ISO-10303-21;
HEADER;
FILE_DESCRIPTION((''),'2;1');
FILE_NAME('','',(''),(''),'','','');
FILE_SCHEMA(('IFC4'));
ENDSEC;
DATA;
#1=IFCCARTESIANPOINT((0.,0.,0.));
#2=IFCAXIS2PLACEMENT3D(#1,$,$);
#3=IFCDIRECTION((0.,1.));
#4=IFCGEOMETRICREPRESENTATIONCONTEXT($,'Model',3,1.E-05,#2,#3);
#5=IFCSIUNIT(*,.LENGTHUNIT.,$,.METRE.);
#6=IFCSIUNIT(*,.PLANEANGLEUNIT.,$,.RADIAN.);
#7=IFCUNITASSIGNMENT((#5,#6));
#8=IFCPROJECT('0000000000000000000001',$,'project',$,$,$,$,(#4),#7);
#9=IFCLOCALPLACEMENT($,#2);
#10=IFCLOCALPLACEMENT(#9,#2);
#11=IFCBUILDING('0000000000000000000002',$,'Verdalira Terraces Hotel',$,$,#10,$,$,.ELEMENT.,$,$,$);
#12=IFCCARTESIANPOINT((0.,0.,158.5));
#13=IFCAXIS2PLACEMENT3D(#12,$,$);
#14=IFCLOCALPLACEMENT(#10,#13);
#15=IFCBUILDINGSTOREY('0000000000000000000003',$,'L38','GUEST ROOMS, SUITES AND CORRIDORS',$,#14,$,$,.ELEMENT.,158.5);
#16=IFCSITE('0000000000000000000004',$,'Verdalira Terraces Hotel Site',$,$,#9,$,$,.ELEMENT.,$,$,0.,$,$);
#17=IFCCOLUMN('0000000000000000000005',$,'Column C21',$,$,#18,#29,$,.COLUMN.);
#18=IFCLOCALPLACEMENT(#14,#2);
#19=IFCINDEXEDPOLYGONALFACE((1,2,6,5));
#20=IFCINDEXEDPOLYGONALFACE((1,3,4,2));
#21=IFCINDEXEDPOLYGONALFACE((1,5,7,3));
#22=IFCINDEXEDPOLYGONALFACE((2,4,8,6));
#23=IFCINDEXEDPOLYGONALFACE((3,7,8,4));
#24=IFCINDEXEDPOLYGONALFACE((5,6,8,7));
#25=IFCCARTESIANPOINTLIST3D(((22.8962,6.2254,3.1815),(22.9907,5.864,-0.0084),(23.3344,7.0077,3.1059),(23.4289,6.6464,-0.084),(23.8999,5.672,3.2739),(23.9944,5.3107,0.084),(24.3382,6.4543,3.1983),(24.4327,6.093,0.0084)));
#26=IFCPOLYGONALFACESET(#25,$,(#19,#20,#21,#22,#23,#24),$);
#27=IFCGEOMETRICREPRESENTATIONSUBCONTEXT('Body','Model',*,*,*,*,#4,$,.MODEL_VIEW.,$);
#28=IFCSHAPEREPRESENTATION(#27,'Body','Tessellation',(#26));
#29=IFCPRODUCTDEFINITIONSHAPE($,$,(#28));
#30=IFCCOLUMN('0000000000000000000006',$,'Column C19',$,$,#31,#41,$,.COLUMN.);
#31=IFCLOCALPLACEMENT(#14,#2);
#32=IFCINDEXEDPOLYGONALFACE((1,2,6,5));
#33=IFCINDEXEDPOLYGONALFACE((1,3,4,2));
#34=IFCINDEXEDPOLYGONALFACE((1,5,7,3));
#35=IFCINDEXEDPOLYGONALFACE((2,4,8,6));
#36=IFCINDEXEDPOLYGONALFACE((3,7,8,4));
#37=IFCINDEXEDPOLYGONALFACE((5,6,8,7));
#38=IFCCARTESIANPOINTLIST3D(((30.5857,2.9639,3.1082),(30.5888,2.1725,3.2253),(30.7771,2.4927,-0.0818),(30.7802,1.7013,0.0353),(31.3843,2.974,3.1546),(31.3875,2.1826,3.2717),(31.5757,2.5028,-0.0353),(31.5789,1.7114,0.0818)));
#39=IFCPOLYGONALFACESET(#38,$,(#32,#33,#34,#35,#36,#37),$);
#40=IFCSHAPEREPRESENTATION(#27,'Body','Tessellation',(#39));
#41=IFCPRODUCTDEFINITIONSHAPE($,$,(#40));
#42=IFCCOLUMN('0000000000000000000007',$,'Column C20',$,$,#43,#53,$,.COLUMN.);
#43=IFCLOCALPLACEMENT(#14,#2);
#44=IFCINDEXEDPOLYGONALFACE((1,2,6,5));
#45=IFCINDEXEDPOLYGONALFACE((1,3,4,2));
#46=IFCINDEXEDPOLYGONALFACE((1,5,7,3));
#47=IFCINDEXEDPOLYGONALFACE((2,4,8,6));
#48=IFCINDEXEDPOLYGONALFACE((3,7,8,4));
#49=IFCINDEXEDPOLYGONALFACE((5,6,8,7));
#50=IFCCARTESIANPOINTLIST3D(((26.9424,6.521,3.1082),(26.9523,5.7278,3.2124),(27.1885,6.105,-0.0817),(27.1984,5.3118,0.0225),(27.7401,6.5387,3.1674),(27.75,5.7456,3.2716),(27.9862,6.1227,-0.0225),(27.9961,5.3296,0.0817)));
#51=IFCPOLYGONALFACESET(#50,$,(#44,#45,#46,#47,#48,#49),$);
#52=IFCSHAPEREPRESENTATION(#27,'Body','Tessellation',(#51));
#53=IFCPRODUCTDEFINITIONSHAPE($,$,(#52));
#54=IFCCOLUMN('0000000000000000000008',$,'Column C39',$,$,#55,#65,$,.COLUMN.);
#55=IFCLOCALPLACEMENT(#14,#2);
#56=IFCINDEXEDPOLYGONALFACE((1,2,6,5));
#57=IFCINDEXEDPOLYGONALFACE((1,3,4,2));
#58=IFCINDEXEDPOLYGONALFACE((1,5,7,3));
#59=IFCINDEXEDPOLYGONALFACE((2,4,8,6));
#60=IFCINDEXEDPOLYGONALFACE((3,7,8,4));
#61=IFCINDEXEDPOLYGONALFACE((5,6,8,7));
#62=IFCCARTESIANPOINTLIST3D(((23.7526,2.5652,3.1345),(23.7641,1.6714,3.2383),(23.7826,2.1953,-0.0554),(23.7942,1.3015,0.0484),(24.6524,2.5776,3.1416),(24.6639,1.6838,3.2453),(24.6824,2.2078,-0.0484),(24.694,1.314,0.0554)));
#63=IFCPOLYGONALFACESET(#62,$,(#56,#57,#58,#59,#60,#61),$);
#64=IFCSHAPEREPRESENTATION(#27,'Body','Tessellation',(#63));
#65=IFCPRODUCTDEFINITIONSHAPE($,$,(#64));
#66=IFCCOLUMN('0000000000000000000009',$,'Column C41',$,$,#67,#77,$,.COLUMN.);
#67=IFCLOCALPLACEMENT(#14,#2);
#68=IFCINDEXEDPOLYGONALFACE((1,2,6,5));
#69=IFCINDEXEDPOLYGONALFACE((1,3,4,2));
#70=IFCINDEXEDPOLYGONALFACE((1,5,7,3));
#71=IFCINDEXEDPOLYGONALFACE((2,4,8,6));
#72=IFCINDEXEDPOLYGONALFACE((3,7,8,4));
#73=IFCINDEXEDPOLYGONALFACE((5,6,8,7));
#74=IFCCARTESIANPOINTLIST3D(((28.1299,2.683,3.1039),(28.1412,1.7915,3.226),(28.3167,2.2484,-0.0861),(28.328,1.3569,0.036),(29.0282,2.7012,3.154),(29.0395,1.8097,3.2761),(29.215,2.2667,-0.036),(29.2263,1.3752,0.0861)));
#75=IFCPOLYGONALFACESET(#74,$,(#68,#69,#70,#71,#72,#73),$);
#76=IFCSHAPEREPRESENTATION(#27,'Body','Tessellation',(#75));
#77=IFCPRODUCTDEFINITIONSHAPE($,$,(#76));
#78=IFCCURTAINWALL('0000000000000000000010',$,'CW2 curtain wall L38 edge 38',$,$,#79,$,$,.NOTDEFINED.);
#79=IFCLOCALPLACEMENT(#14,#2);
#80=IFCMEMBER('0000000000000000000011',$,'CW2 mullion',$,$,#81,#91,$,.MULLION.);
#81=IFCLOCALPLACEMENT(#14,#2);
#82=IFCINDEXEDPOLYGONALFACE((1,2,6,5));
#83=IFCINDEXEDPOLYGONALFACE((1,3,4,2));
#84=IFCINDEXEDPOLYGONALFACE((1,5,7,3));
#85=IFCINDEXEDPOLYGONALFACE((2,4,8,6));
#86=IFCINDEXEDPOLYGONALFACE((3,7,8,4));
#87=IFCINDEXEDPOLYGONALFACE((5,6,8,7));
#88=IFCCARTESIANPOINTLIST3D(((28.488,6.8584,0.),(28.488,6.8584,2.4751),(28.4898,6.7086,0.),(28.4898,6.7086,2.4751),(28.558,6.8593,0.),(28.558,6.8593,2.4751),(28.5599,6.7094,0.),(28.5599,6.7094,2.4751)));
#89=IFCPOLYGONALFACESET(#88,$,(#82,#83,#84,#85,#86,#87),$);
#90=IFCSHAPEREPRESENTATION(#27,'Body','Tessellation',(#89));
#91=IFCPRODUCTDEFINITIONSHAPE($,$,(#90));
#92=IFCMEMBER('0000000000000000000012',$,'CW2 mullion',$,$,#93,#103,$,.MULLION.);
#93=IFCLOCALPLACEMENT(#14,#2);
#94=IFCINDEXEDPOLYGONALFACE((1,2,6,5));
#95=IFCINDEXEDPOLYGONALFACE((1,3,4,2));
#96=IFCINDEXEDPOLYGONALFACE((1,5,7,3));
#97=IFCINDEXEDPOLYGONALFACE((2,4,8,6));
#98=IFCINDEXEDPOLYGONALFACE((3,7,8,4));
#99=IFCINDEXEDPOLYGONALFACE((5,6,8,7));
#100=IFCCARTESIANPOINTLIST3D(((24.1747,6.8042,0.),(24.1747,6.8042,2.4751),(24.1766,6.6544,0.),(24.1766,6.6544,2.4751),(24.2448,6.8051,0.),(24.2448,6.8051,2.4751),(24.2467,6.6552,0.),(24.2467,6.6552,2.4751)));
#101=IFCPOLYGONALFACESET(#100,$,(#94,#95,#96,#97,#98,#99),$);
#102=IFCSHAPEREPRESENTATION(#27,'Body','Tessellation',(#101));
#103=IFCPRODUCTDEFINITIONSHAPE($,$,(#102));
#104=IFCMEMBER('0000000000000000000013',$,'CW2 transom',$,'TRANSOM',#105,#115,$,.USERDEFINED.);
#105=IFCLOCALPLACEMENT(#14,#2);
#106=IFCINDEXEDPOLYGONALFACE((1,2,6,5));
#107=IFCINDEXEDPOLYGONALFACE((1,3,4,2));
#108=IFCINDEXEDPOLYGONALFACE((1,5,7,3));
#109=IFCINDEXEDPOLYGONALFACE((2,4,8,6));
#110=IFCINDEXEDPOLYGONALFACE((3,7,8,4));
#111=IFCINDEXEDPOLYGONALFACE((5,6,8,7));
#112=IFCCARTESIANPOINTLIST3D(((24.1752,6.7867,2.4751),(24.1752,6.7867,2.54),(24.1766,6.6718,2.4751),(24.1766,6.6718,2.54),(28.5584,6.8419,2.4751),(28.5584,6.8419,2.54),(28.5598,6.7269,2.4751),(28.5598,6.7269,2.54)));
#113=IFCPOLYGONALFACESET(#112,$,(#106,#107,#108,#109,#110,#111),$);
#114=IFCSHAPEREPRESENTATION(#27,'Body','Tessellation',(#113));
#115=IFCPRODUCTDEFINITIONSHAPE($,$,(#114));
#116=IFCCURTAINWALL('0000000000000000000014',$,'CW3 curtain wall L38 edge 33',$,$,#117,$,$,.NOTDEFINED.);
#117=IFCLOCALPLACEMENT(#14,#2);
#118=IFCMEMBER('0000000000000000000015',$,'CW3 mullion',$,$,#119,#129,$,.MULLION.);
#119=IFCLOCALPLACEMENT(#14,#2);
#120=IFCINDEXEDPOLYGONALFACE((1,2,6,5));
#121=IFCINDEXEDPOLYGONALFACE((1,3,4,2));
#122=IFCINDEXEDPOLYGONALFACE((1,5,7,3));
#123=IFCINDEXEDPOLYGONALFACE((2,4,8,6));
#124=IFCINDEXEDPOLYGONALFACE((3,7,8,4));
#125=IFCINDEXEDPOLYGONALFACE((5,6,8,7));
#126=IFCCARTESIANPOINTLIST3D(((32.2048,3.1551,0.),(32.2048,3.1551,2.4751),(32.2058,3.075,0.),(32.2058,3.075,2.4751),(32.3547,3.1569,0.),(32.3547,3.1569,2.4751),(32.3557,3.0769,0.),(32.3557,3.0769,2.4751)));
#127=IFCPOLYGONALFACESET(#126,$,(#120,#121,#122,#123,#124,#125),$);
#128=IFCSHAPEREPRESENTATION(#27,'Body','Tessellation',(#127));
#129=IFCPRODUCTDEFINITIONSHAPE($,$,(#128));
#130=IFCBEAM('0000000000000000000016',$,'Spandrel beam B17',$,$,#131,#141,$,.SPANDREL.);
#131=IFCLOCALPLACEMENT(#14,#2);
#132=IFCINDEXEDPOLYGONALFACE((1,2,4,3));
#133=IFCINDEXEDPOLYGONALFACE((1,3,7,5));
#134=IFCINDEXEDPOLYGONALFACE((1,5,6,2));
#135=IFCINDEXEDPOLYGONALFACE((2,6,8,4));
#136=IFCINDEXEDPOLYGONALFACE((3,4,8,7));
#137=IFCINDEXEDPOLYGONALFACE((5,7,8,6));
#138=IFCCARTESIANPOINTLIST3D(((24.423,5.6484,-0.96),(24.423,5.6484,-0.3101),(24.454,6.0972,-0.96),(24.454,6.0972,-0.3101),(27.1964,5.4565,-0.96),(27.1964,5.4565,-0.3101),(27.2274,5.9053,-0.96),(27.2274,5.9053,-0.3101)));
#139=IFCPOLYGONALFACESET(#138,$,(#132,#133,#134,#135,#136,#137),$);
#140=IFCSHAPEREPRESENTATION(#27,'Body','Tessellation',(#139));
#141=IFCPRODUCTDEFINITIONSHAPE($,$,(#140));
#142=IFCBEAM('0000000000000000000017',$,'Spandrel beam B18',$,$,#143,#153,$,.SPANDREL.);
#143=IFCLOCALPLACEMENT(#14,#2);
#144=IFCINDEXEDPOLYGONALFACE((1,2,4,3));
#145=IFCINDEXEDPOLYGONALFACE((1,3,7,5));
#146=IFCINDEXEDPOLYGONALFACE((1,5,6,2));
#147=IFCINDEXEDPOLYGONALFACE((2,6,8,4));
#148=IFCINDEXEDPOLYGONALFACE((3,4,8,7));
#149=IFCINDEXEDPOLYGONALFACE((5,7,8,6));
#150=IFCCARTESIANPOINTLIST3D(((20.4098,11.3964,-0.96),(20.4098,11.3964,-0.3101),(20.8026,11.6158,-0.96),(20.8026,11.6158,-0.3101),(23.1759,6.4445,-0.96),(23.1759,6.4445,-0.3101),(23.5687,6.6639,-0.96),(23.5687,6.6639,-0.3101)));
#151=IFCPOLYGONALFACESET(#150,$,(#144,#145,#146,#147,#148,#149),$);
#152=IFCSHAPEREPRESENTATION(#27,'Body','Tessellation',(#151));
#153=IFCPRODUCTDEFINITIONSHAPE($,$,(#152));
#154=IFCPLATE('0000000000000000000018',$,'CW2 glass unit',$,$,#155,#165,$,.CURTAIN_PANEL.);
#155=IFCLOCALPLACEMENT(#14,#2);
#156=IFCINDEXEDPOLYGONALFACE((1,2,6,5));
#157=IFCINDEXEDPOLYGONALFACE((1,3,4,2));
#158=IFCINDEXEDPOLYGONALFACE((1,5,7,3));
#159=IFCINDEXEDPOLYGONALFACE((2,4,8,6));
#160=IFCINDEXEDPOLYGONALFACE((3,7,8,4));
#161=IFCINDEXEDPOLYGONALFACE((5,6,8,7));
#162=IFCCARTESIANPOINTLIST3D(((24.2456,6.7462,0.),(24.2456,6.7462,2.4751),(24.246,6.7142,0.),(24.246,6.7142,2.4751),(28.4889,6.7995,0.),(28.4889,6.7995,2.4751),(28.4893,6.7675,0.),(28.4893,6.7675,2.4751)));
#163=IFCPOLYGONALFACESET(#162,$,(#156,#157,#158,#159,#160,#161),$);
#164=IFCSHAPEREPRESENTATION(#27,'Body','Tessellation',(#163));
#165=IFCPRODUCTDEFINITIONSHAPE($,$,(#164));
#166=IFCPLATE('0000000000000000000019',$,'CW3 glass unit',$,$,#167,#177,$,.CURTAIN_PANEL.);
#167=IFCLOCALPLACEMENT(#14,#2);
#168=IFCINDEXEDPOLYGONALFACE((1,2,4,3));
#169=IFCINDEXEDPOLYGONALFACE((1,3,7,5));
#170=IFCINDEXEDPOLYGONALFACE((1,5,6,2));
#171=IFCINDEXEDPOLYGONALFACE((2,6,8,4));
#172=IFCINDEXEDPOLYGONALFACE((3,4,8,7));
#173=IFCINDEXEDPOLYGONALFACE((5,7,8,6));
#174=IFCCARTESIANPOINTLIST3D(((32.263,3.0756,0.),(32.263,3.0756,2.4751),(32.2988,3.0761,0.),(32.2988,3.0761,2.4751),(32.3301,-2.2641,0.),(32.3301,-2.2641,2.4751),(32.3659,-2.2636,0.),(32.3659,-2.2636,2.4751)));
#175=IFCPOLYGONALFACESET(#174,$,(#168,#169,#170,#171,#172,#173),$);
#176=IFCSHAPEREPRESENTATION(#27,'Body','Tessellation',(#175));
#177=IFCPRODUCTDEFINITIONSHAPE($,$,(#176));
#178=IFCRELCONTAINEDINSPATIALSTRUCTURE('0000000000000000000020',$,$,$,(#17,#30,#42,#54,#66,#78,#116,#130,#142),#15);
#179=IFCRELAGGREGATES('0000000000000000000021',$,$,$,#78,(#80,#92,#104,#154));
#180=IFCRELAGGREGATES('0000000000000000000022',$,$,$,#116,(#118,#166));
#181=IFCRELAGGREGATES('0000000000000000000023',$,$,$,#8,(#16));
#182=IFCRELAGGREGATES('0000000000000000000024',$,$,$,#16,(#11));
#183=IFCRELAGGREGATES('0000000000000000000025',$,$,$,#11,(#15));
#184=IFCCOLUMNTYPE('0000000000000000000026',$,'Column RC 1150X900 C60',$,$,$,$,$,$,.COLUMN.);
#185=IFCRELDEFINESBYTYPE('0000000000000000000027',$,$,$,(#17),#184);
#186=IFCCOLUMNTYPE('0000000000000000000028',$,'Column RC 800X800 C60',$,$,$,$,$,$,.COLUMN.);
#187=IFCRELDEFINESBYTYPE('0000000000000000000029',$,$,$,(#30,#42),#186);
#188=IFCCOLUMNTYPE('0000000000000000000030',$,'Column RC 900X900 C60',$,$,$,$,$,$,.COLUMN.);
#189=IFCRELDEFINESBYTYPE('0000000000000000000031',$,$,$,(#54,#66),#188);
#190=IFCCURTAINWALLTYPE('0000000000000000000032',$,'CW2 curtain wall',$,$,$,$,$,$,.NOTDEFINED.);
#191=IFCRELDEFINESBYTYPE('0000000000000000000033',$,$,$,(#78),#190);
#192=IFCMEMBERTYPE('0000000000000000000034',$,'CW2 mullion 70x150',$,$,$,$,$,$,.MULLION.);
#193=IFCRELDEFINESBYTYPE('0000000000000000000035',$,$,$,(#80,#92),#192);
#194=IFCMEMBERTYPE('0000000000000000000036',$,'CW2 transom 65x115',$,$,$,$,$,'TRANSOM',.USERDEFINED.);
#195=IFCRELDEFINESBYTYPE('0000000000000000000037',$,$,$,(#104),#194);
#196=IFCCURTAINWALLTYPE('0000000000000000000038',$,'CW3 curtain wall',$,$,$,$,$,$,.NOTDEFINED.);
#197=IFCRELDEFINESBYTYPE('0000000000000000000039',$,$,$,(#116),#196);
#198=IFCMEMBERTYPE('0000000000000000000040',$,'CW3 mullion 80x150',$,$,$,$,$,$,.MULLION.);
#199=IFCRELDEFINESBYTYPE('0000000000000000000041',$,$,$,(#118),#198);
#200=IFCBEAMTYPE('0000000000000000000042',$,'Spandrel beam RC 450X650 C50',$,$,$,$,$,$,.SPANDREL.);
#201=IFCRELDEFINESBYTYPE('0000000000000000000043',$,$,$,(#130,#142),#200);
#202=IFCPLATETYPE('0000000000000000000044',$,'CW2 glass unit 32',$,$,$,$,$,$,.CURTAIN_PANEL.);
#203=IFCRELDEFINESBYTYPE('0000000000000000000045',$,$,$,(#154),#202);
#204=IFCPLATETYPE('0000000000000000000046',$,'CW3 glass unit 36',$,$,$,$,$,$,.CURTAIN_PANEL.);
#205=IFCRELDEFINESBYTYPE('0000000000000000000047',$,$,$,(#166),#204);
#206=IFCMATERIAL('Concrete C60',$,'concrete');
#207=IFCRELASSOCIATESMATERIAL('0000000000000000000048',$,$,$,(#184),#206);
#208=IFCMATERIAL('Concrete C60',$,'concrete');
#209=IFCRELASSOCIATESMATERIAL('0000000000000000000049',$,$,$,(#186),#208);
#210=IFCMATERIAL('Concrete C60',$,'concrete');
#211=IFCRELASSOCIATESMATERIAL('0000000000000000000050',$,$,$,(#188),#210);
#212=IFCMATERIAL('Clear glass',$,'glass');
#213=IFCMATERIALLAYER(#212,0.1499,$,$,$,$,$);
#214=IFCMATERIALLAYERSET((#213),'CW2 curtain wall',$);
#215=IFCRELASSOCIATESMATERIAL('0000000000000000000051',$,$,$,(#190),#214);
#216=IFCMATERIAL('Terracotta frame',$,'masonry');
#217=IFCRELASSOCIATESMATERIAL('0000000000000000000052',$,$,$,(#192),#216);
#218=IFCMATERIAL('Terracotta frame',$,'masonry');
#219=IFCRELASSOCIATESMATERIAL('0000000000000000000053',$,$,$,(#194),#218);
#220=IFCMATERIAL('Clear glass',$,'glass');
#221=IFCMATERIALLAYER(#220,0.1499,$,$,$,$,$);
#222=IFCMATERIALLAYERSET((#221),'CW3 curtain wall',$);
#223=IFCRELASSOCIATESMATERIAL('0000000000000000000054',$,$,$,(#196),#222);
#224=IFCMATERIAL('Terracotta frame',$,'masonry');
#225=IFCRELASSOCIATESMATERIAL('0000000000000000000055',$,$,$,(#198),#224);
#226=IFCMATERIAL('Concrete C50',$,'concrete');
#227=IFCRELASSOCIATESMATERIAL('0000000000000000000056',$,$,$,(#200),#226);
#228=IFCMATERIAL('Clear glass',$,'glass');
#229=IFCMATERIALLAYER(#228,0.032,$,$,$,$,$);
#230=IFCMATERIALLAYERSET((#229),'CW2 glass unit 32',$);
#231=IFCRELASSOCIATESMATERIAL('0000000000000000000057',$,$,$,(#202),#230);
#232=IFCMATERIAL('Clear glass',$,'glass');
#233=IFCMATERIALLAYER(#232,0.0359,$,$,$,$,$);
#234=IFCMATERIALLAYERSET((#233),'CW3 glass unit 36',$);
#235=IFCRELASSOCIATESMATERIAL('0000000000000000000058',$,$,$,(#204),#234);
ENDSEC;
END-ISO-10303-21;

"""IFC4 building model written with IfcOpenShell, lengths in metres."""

from ifc_helpers import new_model, si_unit, direction, frame, origin, origin_2d, place, context, subcontext, project, spatial, rectangle, extrude, material, layer, layer_set, material_profile, profile_set, type_object, element, aggregate, save


model = new_model("IFC4")

# Units and contexts
model_context = context("Model", 3, precision=1e-05, world=origin(), true_north=direction((0.0, 1.0)))
body_context = subcontext(model_context, "Body", "Model", "MODEL_VIEW")
ifc_project = project(units=[si_unit("LENGTHUNIT", "METRE"), si_unit("PLANEANGLEUNIT", "RADIAN")], contexts=[model_context])

# Site, building, storey
site_placement = place(None, origin())
site = spatial("IfcSite", under=ifc_project, at=site_placement, Name="Verdalira Terraces Hotel Site", CompositionType="ELEMENT", RefElevation=0.0)
building_placement = place(site_placement, origin())
building = spatial("IfcBuilding", under=site, at=building_placement, Name="Verdalira Terraces Hotel", CompositionType="ELEMENT")
storey_placement = place(building_placement, frame((0.0, 0.0, 158.5)))
storey = spatial("IfcBuildingStorey", under=building, at=storey_placement, Name="L38", Description="GUEST ROOMS, SUITES AND CORRIDORS", CompositionType="ELEMENT", Elevation=158.5)

# Columns
ifc_material_1 = material(Name="Concrete C60", Category="concrete")
ifc_material_profile_1 = material_profile(ifc_material_1, rectangle(XDim=1.1499, YDim=0.8999, at=origin_2d()), Name="RC 1150X900")
ifc_profile_set_1 = profile_set([ifc_material_profile_1], Name="Concrete C60")
column_type_1 = type_object("IfcColumnType", Name="Column RC 1150X900 C60", PredefinedType="COLUMN", material=ifc_profile_set_1)
column_1_placement = place(storey_placement, frame((23.7117, 5.9785, 0.0), z_axis=(-0.029418, 0.112503, 0.993216), x_axis=(0.872906, -0.481225, 0.080363)))
element("IfcColumn", 1, at=column_1_placement, inside=storey, type_object=column_type_1, Name="Column C21", PredefinedType="COLUMN", context=body_context, shape_type="SweptSolid", body=[
    extrude(rectangle(XDim=1.1499, YDim=0.8999, at=origin_2d()), origin(), (0.0, 0.0, 1.0), 3.2117),
])
ifc_material_2 = material(Name="Concrete C60", Category="concrete")
ifc_material_profile_2 = material_profile(ifc_material_2, rectangle(XDim=0.8, YDim=0.8, at=origin_2d()), Name="RC 800X800")
ifc_profile_set_2 = profile_set([ifc_material_profile_2], Name="Concrete C60")
column_type_2 = type_object("IfcColumnType", Name="Column RC 800X800 C60", PredefinedType="COLUMN", material=ifc_profile_set_2)
column_2_placement = place(storey_placement, frame((31.178, 2.1021, 0.0), z_axis=(-0.059255, 0.145869, 0.987528), x_axis=(-0.003935, 0.989224, -0.146356)))
element("IfcColumn", 2, at=column_2_placement, inside=storey, type_object=column_type_2, Name="Column C19", PredefinedType="COLUMN", context=body_context, shape_type="SweptSolid", body=[
    extrude(rectangle(XDim=0.8, YDim=0.8, at=origin_2d()), origin(), (0.0, 0.0, 1.0), 3.2302),
])
column_3_placement = place(storey_placement, frame((27.5923, 5.7173, 0.0), z_axis=(-0.076276, 0.128943, 0.988714), x_axis=(-0.99701, -0.022149, -0.074028)))
element("IfcColumn", 3, at=column_3_placement, inside=storey, type_object=column_type_2, Name="Column C20", PredefinedType="COLUMN", context=body_context, shape_type="SweptSolid", body=[
    extrude(rectangle(XDim=0.8, YDim=0.8, at=origin_2d()), origin(), (0.0, 0.0, 1.0), 3.2263),
])
ifc_material_3 = material(Name="Concrete C60", Category="concrete")
ifc_material_profile_3 = material_profile(ifc_material_3, rectangle(XDim=0.8999, YDim=0.8999, at=origin_2d()), Name="RC 900X900")
ifc_profile_set_3 = profile_set([ifc_material_profile_3], Name="Concrete C60")
column_type_3 = type_object("IfcColumnType", Name="Column RC 900X900 C60", PredefinedType="COLUMN", material=ifc_profile_set_3)
column_4_placement = place(storey_placement, frame((24.2383, 1.7546, 0.0), z_axis=(-0.009351, 0.115173, 0.993301), x_axis=(0.999874, 0.013837, 0.007808)))
element("IfcColumn", 4, at=column_4_placement, inside=storey, type_object=column_type_3, Name="Column C39", PredefinedType="COLUMN", context=body_context, shape_type="SweptSolid", body=[
    extrude(rectangle(XDim=0.8999, YDim=0.8999, at=origin_2d()), origin(), (0.0, 0.0, 1.0), 3.2114),
])
column_5_placement = place(storey_placement, frame((28.7715, 1.8118, 0.0), z_axis=(-0.057916, 0.134758, 0.989185), x_axis=(0.998242, 0.020312, 0.055679)))
element("IfcColumn", 5, at=column_5_placement, inside=storey, type_object=column_type_3, Name="Column C41", PredefinedType="COLUMN", context=body_context, shape_type="SweptSolid", body=[
    extrude(rectangle(XDim=0.8999, YDim=0.8999, at=origin_2d()), origin(), (0.0, 0.0, 1.0), 3.2249),
])

# Curtain wall, members
ifc_material_4 = material(Name="Clear glass", Category="glass")
ifc_layer_1 = layer(ifc_material_4, 0.1499)
ifc_layer_set_1 = layer_set([ifc_layer_1], Name="CW2 curtain wall")
curtain_wall_type_1 = type_object("IfcCurtainWallType", Name="CW2 curtain wall", PredefinedType="NOTDEFINED", material=ifc_layer_set_1)
curtain_wall_1_placement = place(storey_placement, origin())
curtain_wall_1 = element("IfcCurtainWall", 6, at=curtain_wall_1_placement, inside=storey, type_object=curtain_wall_type_1, Name="CW2 curtain wall L38 edge 38", PredefinedType="NOTDEFINED")
ifc_material_5 = material(Name="Terracotta frame", Category="masonry")
ifc_material_profile_4 = material_profile(ifc_material_5, rectangle(XDim=0.0701, YDim=0.1499, at=origin_2d()), Name="MU 70x150")
ifc_profile_set_4 = profile_set([ifc_material_profile_4], Name="Terracotta frame")
member_type_1 = type_object("IfcMemberType", Name="CW2 mullion 70x150", PredefinedType="MULLION", material=ifc_profile_set_4)
member_1_placement = place(storey_placement, frame((28.5239, 6.7839, 0.0), z_axis=(0.0, 0.0, 1.0), x_axis=(-0.999921, -0.012566, 0.0)))
member_1 = element("IfcMember", 7, at=member_1_placement, type_object=member_type_1, Name="CW2 mullion", PredefinedType="MULLION", context=body_context, shape_type="SweptSolid", body=[
    extrude(rectangle(XDim=0.0701, YDim=0.1499, at=origin_2d()), origin(), (0.0, 0.0, 1.0), 2.4751),
])
member_2_placement = place(storey_placement, frame((24.2107, 6.7297, 0.0), z_axis=(0.0, 0.0, 1.0), x_axis=(-0.999921, -0.012566, 0.0)))
member_2 = element("IfcMember", 8, at=member_2_placement, type_object=member_type_1, Name="CW2 mullion", PredefinedType="MULLION", context=body_context, shape_type="SweptSolid", body=[
    extrude(rectangle(XDim=0.0701, YDim=0.1499, at=origin_2d()), origin(), (0.0, 0.0, 1.0), 2.4751),
])
ifc_material_6 = material(Name="Terracotta frame", Category="masonry")
ifc_material_profile_5 = material_profile(ifc_material_6, rectangle(XDim=0.115, YDim=0.0649, at=origin_2d()), Name="TR 65x115")
ifc_profile_set_5 = profile_set([ifc_material_profile_5], Name="Terracotta frame")
member_type_2 = type_object("IfcMemberType", Name="CW2 transom 65x115", ElementType="TRANSOM", PredefinedType="USERDEFINED", material=ifc_profile_set_5)
member_3_placement = place(storey_placement, frame((28.5591, 6.7844, 2.5076), z_axis=(-0.999921, -0.012587, 0.0), x_axis=(0.012587, -0.999921, 0.0)))
member_3 = element("IfcMember", 9, at=member_3_placement, type_object=member_type_2, Name="CW2 transom", ObjectType="TRANSOM", PredefinedType="USERDEFINED", context=body_context, shape_type="SweptSolid", body=[
    extrude(rectangle(XDim=0.115, YDim=0.0649, at=origin_2d()), origin(), (0.0, 0.0, 1.0), 4.3835),
])

# Curtain wall, member
ifc_material_7 = material(Name="Clear glass", Category="glass")
ifc_layer_2 = layer(ifc_material_7, 0.1499)
ifc_layer_set_2 = layer_set([ifc_layer_2], Name="CW3 curtain wall")
curtain_wall_type_2 = type_object("IfcCurtainWallType", Name="CW3 curtain wall", PredefinedType="NOTDEFINED", material=ifc_layer_set_2)
curtain_wall_2_placement = place(storey_placement, origin())
curtain_wall_2 = element("IfcCurtainWall", 10, at=curtain_wall_2_placement, inside=storey, type_object=curtain_wall_type_2, Name="CW3 curtain wall L38 edge 33", PredefinedType="NOTDEFINED")
ifc_material_8 = material(Name="Terracotta frame", Category="masonry")
ifc_material_profile_6 = material_profile(ifc_material_8, rectangle(XDim=0.0801, YDim=0.1499, at=origin_2d()), Name="MU 80x150")
ifc_profile_set_6 = profile_set([ifc_material_profile_6], Name="Terracotta frame")
member_type_3 = type_object("IfcMemberType", Name="CW3 mullion 80x150", PredefinedType="MULLION", material=ifc_profile_set_6)
member_4_placement = place(storey_placement, frame((32.2803, 3.116, 0.0), z_axis=(0.0, 0.0, 1.0), x_axis=(-0.012566, 0.999921, 0.0)))
member_4 = element("IfcMember", 11, at=member_4_placement, type_object=member_type_3, Name="CW3 mullion", PredefinedType="MULLION", context=body_context, shape_type="SweptSolid", body=[
    extrude(rectangle(XDim=0.0801, YDim=0.1499, at=origin_2d()), origin(), (0.0, 0.0, 1.0), 2.4751),
])

# Beams
ifc_material_9 = material(Name="Concrete C50", Category="concrete")
ifc_material_profile_7 = material_profile(ifc_material_9, rectangle(XDim=0.45, YDim=0.6499, at=origin_2d()), Name="RC 450X650")
ifc_profile_set_7 = profile_set([ifc_material_profile_7], Name="Concrete C50")
beam_type = type_object("IfcBeamType", Name="Spandrel beam RC 450X650 C50", PredefinedType="SPANDREL", material=ifc_profile_set_7)
beam_1_placement = place(storey_placement, frame((27.2119, 5.6809, -0.635), z_axis=(-0.997615, 0.069025, 0.0), x_axis=(-0.069025, -0.997615, 0.0)))
element("IfcBeam", 12, at=beam_1_placement, inside=storey, type_object=beam_type, Name="Spandrel beam B17", PredefinedType="SPANDREL", context=body_context, shape_type="SweptSolid", body=[
    extrude(rectangle(XDim=0.45, YDim=0.6499, at=origin_2d()), origin(), (0.0, 0.0, 1.0), 2.78),
])
beam_2_placement = place(storey_placement, frame((23.3723, 6.5542, -0.635), z_axis=(-0.48767, 0.873028, 0.0), x_axis=(-0.873028, -0.48767, 0.0)))
element("IfcBeam", 13, at=beam_2_placement, inside=storey, type_object=beam_type, Name="Spandrel beam B18", PredefinedType="SPANDREL", context=body_context, shape_type="SweptSolid", body=[
    extrude(rectangle(XDim=0.45, YDim=0.6499, at=origin_2d()), origin(), (0.0, 0.0, 1.0), 5.6721),
])

# Plates
ifc_material_10 = material(Name="Clear glass", Category="glass")
ifc_layer_3 = layer(ifc_material_10, 0.032)
ifc_layer_set_3 = layer_set([ifc_layer_3], Name="CW2 glass unit 32")
plate_type_1 = type_object("IfcPlateType", Name="CW2 glass unit 32", PredefinedType="CURTAIN_PANEL", material=ifc_layer_set_3)
plate_1_placement = place(storey_placement, frame((26.3674, 6.7568, 0.0), z_axis=(0.0, 0.0, 1.0), x_axis=(-0.999921, -0.012566, 0.0)))
plate_1 = element("IfcPlate", 14, at=plate_1_placement, type_object=plate_type_1, Name="CW2 glass unit", PredefinedType="CURTAIN_PANEL", context=body_context, shape_type="SweptSolid", body=[
    extrude(rectangle(XDim=4.2437, YDim=0.032, at=origin_2d()), origin(), (0.0, 0.0, 1.0), 2.4751),
])
aggregate(curtain_wall_1, [member_1, member_2, member_3, plate_1])
ifc_material_11 = material(Name="Clear glass", Category="glass")
ifc_layer_4 = layer(ifc_material_11, 0.0359)
ifc_layer_set_4 = layer_set([ifc_layer_4], Name="CW3 glass unit 36")
plate_type_2 = type_object("IfcPlateType", Name="CW3 glass unit 36", PredefinedType="CURTAIN_PANEL", material=ifc_layer_set_4)
plate_2_placement = place(storey_placement, frame((32.3145, 0.406, 0.0), z_axis=(0.0, 0.0, 1.0), x_axis=(-0.012566, 0.999921, 0.0)))
plate_2 = element("IfcPlate", 15, at=plate_2_placement, type_object=plate_type_2, Name="CW3 glass unit", PredefinedType="CURTAIN_PANEL", context=body_context, shape_type="SweptSolid", body=[
    extrude(rectangle(XDim=5.3401, YDim=0.0359, at=origin_2d()), origin(), (0.0, 0.0, 1.0), 2.4751),
])
aggregate(curtain_wall_2, [member_4, plate_2])

save(model, "model.ifc")
